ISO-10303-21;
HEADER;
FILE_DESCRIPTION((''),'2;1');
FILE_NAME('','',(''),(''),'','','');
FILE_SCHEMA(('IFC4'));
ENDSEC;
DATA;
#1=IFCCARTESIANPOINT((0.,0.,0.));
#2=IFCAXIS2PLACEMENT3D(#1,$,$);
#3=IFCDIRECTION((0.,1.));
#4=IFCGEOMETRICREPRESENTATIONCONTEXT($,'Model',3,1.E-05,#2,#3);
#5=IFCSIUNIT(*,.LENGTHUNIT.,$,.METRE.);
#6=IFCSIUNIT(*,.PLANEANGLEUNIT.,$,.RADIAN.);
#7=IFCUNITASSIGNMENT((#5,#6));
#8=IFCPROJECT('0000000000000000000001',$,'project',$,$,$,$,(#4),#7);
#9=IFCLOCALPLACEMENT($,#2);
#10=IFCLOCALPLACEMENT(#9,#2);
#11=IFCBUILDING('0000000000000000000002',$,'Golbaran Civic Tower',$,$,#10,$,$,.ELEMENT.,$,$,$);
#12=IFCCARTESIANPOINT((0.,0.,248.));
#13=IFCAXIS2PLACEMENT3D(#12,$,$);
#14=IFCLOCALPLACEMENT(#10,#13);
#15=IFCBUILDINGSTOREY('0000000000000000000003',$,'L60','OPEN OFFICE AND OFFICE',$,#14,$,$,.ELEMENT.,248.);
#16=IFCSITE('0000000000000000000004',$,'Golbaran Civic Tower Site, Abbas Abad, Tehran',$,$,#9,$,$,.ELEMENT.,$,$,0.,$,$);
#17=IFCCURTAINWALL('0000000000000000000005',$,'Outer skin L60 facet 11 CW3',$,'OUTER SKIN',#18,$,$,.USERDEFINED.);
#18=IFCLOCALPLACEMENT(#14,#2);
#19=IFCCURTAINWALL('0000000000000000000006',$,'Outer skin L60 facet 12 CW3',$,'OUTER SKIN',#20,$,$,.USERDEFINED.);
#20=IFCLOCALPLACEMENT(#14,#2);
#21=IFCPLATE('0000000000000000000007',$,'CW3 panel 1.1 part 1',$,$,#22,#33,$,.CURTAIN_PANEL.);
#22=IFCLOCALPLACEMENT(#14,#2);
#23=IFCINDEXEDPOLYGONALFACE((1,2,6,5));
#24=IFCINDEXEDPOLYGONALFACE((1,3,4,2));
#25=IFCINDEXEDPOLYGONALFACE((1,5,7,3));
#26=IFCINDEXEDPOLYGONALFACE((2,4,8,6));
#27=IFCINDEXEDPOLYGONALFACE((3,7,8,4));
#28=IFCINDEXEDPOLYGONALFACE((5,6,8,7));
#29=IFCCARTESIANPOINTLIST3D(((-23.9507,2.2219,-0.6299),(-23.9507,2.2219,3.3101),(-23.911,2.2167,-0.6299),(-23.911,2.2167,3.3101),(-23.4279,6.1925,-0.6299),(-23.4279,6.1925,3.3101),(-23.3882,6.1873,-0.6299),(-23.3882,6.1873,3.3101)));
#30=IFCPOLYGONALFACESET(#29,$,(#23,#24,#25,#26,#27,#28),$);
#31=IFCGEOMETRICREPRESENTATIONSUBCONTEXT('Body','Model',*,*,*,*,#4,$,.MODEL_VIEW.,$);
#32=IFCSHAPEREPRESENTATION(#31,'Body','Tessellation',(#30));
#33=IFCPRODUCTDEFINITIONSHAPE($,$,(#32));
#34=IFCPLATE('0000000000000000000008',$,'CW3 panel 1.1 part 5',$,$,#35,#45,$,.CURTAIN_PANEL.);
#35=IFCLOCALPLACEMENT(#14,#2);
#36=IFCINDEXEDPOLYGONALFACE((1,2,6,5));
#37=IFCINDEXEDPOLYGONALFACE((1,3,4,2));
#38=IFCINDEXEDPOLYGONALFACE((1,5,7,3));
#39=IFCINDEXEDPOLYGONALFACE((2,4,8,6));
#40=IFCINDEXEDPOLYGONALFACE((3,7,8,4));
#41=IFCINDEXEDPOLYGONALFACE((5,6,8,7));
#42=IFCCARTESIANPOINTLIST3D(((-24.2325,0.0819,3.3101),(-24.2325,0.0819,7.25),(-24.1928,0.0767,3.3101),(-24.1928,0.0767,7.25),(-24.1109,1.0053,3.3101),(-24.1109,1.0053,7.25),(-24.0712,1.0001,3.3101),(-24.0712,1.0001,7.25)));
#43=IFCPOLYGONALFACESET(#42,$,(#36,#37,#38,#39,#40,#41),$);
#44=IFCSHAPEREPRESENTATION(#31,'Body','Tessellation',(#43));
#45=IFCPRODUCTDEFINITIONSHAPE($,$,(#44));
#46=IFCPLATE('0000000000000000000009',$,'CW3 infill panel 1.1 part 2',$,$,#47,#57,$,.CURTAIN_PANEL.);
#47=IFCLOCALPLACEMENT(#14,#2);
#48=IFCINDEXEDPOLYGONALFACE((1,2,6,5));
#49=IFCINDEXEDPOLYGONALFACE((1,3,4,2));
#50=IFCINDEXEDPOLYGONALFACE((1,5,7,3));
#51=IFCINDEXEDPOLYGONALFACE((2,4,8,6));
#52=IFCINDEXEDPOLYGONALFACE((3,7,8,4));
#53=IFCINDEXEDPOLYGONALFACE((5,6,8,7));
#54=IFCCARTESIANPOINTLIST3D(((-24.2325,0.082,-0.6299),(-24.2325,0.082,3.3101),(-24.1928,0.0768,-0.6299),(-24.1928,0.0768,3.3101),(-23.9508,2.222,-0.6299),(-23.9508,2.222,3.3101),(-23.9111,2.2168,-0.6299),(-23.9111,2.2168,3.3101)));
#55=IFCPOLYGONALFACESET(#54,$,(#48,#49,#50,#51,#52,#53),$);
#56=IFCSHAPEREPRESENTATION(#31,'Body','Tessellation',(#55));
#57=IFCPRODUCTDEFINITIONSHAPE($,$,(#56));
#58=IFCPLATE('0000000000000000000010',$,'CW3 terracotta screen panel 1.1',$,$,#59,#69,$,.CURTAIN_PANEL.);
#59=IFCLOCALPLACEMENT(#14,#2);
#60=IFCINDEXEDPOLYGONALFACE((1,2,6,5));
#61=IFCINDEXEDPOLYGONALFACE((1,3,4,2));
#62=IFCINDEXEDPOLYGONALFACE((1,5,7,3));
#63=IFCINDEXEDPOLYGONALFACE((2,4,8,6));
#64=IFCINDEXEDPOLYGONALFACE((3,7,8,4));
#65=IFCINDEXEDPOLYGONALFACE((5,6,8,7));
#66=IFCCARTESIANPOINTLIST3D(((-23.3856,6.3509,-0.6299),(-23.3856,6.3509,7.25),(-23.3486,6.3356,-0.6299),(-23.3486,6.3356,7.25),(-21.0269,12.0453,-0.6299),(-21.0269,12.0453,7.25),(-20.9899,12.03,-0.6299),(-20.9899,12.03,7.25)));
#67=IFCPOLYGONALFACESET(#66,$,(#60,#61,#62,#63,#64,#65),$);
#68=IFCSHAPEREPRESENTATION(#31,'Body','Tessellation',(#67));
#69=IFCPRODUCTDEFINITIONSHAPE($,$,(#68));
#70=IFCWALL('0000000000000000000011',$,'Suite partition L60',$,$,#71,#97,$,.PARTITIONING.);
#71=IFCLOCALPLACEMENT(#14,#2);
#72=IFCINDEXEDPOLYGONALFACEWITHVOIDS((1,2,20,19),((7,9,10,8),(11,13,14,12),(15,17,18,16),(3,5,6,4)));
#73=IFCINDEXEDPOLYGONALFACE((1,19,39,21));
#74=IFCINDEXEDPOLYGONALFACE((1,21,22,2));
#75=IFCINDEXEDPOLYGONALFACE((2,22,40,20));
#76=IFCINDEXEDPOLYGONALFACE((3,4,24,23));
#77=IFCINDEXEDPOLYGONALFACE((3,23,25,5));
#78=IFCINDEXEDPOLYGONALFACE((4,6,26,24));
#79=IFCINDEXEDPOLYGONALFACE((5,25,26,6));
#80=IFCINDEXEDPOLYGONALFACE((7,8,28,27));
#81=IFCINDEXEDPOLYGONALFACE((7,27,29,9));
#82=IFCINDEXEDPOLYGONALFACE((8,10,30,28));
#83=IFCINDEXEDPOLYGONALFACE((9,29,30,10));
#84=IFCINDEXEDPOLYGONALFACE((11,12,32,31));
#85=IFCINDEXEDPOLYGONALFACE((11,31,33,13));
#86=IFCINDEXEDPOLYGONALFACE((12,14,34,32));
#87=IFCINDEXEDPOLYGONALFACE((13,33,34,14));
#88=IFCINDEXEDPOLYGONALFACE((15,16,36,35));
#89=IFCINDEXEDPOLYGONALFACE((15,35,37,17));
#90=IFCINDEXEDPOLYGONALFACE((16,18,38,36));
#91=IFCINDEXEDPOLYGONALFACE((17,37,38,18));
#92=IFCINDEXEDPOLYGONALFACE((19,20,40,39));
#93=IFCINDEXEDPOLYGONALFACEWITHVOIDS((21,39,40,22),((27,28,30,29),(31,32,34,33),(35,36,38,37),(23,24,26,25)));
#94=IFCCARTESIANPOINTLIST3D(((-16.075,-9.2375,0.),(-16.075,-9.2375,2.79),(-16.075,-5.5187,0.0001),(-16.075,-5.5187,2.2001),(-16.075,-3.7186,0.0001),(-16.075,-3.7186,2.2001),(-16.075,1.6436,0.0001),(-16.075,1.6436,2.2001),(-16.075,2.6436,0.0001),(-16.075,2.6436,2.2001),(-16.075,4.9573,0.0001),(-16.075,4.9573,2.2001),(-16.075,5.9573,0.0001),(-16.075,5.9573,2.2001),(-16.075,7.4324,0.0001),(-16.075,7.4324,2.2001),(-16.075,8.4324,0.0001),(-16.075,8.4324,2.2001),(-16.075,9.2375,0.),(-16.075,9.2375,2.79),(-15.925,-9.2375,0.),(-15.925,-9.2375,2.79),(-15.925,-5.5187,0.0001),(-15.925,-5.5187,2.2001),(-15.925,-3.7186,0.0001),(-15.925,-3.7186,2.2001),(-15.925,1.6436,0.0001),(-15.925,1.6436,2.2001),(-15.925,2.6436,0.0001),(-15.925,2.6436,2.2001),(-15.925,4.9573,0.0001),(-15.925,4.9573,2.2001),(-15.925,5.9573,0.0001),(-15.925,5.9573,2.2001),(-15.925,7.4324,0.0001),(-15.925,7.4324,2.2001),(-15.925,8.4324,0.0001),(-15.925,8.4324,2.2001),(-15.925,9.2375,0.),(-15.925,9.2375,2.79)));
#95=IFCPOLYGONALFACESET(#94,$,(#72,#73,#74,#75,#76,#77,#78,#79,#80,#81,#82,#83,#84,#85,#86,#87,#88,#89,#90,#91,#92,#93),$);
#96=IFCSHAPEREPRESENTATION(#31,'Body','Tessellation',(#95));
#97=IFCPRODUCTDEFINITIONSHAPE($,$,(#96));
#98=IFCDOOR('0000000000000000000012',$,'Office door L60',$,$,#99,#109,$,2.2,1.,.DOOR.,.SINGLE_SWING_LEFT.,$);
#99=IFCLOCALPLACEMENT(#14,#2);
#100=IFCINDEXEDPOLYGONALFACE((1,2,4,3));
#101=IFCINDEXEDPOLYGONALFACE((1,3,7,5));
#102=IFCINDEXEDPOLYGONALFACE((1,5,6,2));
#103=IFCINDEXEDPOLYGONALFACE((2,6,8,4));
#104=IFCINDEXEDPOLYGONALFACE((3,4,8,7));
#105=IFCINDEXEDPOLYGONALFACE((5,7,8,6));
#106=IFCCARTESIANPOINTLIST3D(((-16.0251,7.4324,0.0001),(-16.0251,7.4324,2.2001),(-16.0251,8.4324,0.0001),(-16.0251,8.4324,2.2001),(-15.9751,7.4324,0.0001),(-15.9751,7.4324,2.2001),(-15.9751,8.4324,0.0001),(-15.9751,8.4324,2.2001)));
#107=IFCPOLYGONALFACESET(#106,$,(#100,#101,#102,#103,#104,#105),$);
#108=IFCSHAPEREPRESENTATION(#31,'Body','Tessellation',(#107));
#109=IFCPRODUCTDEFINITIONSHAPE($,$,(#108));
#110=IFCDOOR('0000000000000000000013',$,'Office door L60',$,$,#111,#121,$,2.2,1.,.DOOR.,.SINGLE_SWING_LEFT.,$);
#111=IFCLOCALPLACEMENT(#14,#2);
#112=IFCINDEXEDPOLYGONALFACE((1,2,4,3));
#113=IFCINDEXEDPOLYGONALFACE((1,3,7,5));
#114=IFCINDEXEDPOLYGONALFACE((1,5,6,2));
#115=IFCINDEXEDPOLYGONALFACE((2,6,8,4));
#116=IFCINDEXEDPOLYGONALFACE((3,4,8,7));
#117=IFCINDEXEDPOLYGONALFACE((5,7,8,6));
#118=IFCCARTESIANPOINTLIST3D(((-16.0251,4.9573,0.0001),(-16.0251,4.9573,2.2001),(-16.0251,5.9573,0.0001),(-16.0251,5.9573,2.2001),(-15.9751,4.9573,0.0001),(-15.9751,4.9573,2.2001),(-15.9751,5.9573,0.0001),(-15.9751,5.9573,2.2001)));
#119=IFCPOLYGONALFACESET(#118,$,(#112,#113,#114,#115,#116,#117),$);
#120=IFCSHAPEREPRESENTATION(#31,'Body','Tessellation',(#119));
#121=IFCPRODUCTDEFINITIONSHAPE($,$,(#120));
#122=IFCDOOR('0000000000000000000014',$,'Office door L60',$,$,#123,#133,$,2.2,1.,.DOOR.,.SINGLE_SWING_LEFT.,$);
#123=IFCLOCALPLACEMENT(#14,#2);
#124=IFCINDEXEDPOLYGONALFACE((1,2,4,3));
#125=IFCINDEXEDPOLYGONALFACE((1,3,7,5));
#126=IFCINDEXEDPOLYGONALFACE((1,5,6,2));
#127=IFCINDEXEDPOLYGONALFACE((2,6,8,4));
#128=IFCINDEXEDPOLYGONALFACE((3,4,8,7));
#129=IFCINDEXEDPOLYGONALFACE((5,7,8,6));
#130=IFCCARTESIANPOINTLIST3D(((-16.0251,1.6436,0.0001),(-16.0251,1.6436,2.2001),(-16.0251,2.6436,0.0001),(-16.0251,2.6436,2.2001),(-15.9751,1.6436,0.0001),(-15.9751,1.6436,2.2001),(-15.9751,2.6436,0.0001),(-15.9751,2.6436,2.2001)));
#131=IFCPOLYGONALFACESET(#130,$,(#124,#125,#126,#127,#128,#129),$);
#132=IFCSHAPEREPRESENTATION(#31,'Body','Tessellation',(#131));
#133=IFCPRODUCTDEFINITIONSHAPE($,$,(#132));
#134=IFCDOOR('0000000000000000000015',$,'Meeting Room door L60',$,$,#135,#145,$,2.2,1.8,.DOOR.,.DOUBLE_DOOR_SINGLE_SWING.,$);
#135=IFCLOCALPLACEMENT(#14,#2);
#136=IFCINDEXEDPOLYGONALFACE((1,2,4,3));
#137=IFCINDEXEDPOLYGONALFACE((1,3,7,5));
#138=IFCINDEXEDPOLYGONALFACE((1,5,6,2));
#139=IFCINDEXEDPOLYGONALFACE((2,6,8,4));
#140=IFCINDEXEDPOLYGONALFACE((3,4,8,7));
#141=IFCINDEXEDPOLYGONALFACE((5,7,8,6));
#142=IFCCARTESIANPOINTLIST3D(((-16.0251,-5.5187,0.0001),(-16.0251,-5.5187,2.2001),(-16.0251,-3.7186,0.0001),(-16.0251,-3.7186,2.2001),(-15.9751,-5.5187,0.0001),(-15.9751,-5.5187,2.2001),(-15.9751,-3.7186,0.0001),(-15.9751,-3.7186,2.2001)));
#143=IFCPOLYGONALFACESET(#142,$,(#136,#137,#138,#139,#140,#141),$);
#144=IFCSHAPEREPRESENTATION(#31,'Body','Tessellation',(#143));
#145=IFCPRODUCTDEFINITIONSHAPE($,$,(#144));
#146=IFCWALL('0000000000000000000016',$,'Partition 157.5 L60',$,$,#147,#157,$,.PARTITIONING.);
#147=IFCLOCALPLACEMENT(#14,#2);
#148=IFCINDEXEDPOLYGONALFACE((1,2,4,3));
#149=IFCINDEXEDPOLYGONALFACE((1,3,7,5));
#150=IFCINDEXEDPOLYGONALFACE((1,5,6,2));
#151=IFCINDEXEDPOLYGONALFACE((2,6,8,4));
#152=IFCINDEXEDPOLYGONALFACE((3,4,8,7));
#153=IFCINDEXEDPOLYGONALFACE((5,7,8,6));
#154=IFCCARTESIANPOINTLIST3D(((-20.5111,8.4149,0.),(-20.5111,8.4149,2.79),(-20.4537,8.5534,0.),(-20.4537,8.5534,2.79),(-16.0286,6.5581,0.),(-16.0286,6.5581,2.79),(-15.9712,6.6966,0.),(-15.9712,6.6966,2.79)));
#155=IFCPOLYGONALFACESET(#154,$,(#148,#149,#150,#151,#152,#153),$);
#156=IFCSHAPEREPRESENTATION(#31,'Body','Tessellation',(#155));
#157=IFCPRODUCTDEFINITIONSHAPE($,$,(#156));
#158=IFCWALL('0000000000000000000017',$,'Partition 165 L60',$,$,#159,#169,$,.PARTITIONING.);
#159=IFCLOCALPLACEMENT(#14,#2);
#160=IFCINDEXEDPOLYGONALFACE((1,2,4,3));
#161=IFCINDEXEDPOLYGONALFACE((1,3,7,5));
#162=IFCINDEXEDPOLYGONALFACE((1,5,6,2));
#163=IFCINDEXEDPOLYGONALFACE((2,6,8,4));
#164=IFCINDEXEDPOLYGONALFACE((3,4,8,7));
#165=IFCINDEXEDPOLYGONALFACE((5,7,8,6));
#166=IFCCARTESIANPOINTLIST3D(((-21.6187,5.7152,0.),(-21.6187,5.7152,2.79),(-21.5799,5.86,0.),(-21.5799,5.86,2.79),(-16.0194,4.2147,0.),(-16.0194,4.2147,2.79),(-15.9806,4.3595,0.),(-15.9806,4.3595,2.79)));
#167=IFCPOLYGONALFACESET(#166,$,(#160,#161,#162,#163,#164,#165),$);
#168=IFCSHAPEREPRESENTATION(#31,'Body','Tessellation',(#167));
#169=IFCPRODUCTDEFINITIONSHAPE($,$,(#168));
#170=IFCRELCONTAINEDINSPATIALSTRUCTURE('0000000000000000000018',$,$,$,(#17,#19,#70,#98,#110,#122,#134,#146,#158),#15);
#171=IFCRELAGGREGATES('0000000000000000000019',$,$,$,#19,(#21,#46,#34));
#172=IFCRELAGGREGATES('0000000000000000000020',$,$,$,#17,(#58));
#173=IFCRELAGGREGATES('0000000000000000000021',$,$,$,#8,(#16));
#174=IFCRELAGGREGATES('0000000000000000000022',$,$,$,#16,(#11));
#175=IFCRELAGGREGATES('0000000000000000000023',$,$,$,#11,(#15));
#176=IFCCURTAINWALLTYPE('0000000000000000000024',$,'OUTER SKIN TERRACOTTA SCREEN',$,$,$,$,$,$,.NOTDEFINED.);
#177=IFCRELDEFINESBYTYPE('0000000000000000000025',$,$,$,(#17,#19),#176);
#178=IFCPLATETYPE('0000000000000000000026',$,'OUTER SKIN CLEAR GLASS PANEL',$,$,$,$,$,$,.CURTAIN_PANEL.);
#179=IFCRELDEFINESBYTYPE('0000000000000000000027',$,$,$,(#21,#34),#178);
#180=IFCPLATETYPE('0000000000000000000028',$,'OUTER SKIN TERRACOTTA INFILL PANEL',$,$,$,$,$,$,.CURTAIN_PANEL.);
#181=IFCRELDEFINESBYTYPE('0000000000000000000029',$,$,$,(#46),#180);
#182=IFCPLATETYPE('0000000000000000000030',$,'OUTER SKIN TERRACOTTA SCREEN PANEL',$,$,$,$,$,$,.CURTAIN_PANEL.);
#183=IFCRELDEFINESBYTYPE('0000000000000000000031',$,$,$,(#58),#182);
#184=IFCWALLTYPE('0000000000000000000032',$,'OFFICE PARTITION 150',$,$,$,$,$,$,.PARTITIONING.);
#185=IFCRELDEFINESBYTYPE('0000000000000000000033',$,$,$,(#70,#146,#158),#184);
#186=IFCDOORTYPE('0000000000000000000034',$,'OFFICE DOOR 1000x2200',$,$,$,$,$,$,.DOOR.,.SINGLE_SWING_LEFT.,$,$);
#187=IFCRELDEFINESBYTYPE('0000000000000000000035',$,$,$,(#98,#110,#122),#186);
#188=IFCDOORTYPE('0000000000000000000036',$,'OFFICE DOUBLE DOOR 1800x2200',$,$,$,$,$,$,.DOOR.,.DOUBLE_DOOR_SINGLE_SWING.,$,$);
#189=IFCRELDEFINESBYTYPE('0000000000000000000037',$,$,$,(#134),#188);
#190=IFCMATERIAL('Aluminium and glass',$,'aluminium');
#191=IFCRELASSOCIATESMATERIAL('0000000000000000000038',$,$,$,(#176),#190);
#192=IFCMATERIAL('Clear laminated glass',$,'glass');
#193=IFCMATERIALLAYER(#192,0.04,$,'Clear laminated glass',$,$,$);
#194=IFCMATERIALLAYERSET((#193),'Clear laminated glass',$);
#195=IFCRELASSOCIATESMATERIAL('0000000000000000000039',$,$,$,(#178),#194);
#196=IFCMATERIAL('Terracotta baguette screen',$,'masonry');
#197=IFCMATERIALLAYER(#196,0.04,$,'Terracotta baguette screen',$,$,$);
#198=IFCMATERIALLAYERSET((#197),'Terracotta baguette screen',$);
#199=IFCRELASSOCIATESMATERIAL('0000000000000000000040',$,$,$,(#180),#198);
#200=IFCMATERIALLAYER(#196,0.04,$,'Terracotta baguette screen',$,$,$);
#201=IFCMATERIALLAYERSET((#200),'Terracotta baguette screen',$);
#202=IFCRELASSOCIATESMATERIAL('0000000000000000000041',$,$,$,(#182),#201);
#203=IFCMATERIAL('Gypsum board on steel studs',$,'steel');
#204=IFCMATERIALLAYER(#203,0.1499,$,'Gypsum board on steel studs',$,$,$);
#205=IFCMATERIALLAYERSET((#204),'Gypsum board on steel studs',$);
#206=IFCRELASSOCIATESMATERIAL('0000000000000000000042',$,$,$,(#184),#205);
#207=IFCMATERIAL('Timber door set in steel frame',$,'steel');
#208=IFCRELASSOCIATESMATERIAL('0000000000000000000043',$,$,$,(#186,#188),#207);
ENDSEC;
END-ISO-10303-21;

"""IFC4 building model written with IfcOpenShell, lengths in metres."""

from ifc_helpers import new_model, si_unit, direction, frame, frame_2d, origin, origin_2d, place, context, subcontext, project, spatial, rectangle, extrude, material, layer, layer_set, type_object, element, fill, aggregate, save


model = new_model("IFC4")

# Units and contexts
model_context = context("Model", 3, precision=1e-05, world=origin(), true_north=direction((0.0, 1.0)))
body_context = subcontext(model_context, "Body", "Model", "MODEL_VIEW")
ifc_project = project(units=[si_unit("LENGTHUNIT", "METRE"), si_unit("PLANEANGLEUNIT", "RADIAN")], contexts=[model_context])

# Site, building, storey
site_placement = place(None, origin())
site = spatial("IfcSite", under=ifc_project, at=site_placement, Name="Golbaran Civic Tower Site, Abbas Abad, Tehran", CompositionType="ELEMENT", RefElevation=0.0)
building_placement = place(site_placement, origin())
building = spatial("IfcBuilding", under=site, at=building_placement, Name="Golbaran Civic Tower", CompositionType="ELEMENT")
storey_placement = place(building_placement, frame((0.0, 0.0, 248.0)))
storey = spatial("IfcBuildingStorey", under=building, at=storey_placement, Name="L60", Description="OPEN OFFICE AND OFFICE", CompositionType="ELEMENT", Elevation=248.0)

# Shared definitions
ifc_material_1 = material(Name="Aluminium and glass", Category="aluminium")

# Curtain wall
curtain_wall_type_1 = type_object("IfcCurtainWallType", Name="OUTER SKIN TERRACOTTA SCREEN", PredefinedType="NOTDEFINED", material=ifc_material_1)
curtain_wall_1_placement = place(storey_placement, origin())
curtain_wall_1 = element("IfcCurtainWall", 1, at=curtain_wall_1_placement, inside=storey, type_object=curtain_wall_type_1, Name="Outer skin L60 facet 11 CW3", ObjectType="OUTER SKIN", PredefinedType="USERDEFINED")

# Curtain wall
curtain_wall_2_placement = place(storey_placement, origin())
curtain_wall_2 = element("IfcCurtainWall", 2, at=curtain_wall_2_placement, inside=storey, type_object=curtain_wall_type_1, Name="Outer skin L60 facet 12 CW3", ObjectType="OUTER SKIN", PredefinedType="USERDEFINED")

# Plates
ifc_material_2 = material(Name="Clear laminated glass", Category="glass")
ifc_layer_1 = layer(ifc_material_2, 0.04, Name="Clear laminated glass")
ifc_layer_set_1 = layer_set([ifc_layer_1], Name="Clear laminated glass")
plate_type_1 = type_object("IfcPlateType", Name="OUTER SKIN CLEAR GLASS PANEL", PredefinedType="CURTAIN_PANEL", material=ifc_layer_set_1)
plate_1_placement = place(storey_placement, frame((-23.6694, 4.2046, -0.6299), z_axis=(0.0, 0.0, 1.0), x_axis=(-0.130526, -0.991445, 0.0)))
plate_1 = element("IfcPlate", 3, at=plate_1_placement, type_object=plate_type_1, Name="CW3 panel 1.1 part 1", PredefinedType="CURTAIN_PANEL", context=body_context, shape_type="SweptSolid", body=[
    extrude(rectangle(XDim=4.0049, YDim=0.04, at=origin_2d()), origin(), (0.0, 0.0, 1.0), 3.9399),
])
plate_2_placement = place(storey_placement, frame((-24.1519, 0.541, 3.3101), z_axis=(0.0, 0.0, 1.0), x_axis=(-0.130526, -0.991445, 0.0)))
plate_2 = element("IfcPlate", 4, at=plate_2_placement, type_object=plate_type_1, Name="CW3 panel 1.1 part 5", PredefinedType="CURTAIN_PANEL", context=body_context, shape_type="SweptSolid", body=[
    extrude(rectangle(XDim=0.9314, YDim=0.04, at=origin_2d()), origin(), (0.0, 0.0, 1.0), 3.9399),
])
ifc_material_3 = material(Name="Terracotta baguette screen", Category="masonry")
ifc_layer_2 = layer(ifc_material_3, 0.04, Name="Terracotta baguette screen")
ifc_layer_set_2 = layer_set([ifc_layer_2], Name="Terracotta baguette screen")
plate_type_2 = type_object("IfcPlateType", Name="OUTER SKIN TERRACOTTA INFILL PANEL", PredefinedType="CURTAIN_PANEL", material=ifc_layer_set_2)
plate_3_placement = place(storey_placement, frame((-24.0718, 1.1494, -0.6299), z_axis=(0.0, 0.0, 1.0), x_axis=(-0.130526, -0.991445, 0.0)))
plate_3 = element("IfcPlate", 5, at=plate_3_placement, type_object=plate_type_2, Name="CW3 infill panel 1.1 part 2", PredefinedType="CURTAIN_PANEL", context=body_context, shape_type="SweptSolid", body=[
    extrude(rectangle(XDim=2.1584, YDim=0.04, at=origin_2d()), origin(), (0.0, 0.0, 1.0), 3.9399),
])
aggregate(curtain_wall_2, [plate_1, plate_3, plate_2])
ifc_layer_3 = layer(ifc_material_3, 0.04, Name="Terracotta baguette screen")
ifc_layer_set_3 = layer_set([ifc_layer_3], Name="Terracotta baguette screen")
plate_type_3 = type_object("IfcPlateType", Name="OUTER SKIN TERRACOTTA SCREEN PANEL", PredefinedType="CURTAIN_PANEL", material=ifc_layer_set_3)
plate_4_placement = place(storey_placement, frame((-22.1877, 9.1904, -0.6299), z_axis=(0.0, 0.0, 1.0), x_axis=(-0.382683, -0.92388, 0.0)))
plate_4 = element("IfcPlate", 6, at=plate_4_placement, type_object=plate_type_3, Name="CW3 terracotta screen panel 1.1", PredefinedType="CURTAIN_PANEL", context=body_context, shape_type="SweptSolid", body=[
    extrude(rectangle(XDim=6.1636, YDim=0.04, at=origin_2d()), origin(), (0.0, 0.0, 1.0), 7.8799),
])
aggregate(curtain_wall_1, [plate_4])

# Wall, openings, doors
ifc_material_4 = material(Name="Gypsum board on steel studs", Category="steel")
ifc_layer_4 = layer(ifc_material_4, 0.1499, Name="Gypsum board on steel studs")
ifc_layer_set_4 = layer_set([ifc_layer_4], Name="Gypsum board on steel studs")
wall_type = type_object("IfcWallType", Name="OFFICE PARTITION 150", PredefinedType="PARTITIONING", material=ifc_layer_set_4)
wall_1_placement = place(storey_placement, frame((-16.0, 9.2375, 0.0), z_axis=(0.0, 0.0, 1.0), x_axis=(0.0, -1.0, 0.0)))
wall_1 = element("IfcWall", 7, at=wall_1_placement, inside=storey, type_object=wall_type, Name="Suite partition L60", PredefinedType="PARTITIONING", context=body_context, shape_type="SweptSolid", body=[
    extrude(rectangle(XDim=18.4751, YDim=0.1499, at=frame_2d((9.2375, 0.0))), origin(), (0.0, 0.0, 1.0), 2.79),
])
opening_1_placement = place(wall_1_placement, frame((0.8052, 0.0, 0.0)))
opening_1 = element("IfcOpeningElement", 8, at=opening_1_placement, cuts=wall_1, PredefinedType="OPENING", context=body_context, shape_type="SweptSolid", body=[
    extrude(rectangle(XDim=1.0, YDim=2.2, at=frame_2d((0.5, 1.1001))), frame((0.0, 0.085, 0.0), z_axis=(0.0, -1.0, 0.0), x_axis=(1.0, 0.0, 0.0)), (0.0, 0.0, 1.0), 0.1699),
])
opening_2_placement = place(wall_1_placement, frame((3.2803, 0.0, 0.0)))
opening_2 = element("IfcOpeningElement", 9, at=opening_2_placement, cuts=wall_1, PredefinedType="OPENING", context=body_context, shape_type="SweptSolid", body=[
    extrude(rectangle(XDim=1.0, YDim=2.2, at=frame_2d((0.5, 1.1001))), frame((0.0, 0.085, 0.0), z_axis=(0.0, -1.0, 0.0), x_axis=(1.0, 0.0, 0.0)), (0.0, 0.0, 1.0), 0.1699),
])
opening_3_placement = place(wall_1_placement, frame((6.594, 0.0, 0.0)))
opening_3 = element("IfcOpeningElement", 10, at=opening_3_placement, cuts=wall_1, PredefinedType="OPENING", context=body_context, shape_type="SweptSolid", body=[
    extrude(rectangle(XDim=1.0, YDim=2.2, at=frame_2d((0.5, 1.1001))), frame((0.0, 0.085, 0.0), z_axis=(0.0, -1.0, 0.0), x_axis=(1.0, 0.0, 0.0)), (0.0, 0.0, 1.0), 0.1699),
])
opening_4_placement = place(wall_1_placement, frame((12.9563, 0.0, 0.0)))
opening_4 = element("IfcOpeningElement", 11, at=opening_4_placement, cuts=wall_1, PredefinedType="OPENING", context=body_context, shape_type="SweptSolid", body=[
    extrude(rectangle(XDim=1.8, YDim=2.2, at=frame_2d((0.8999, 1.1001))), frame((0.0, 0.085, 0.0), z_axis=(0.0, -1.0, 0.0), x_axis=(1.0, 0.0, 0.0)), (0.0, 0.0, 1.0), 0.1699),
])
ifc_material_5 = material(Name="Timber door set in steel frame", Category="steel")
door_type_1 = type_object("IfcDoorType", Name="OFFICE DOOR 1000x2200", OperationType="SINGLE_SWING_LEFT", PredefinedType="DOOR", material=ifc_material_5)
door_1_placement = place(opening_1_placement, origin())
door_1 = element("IfcDoor", 12, at=door_1_placement, inside=storey, type_object=door_type_1, Name="Office door L60", OperationType="SINGLE_SWING_LEFT", OverallHeight=2.2, OverallWidth=1.0, PredefinedType="DOOR", context=body_context, shape_type="SweptSolid", body=[
    extrude(rectangle(XDim=1.0, YDim=2.2, at=frame_2d((0.5, 1.1001))), frame((0.0, 0.0249, 0.0), z_axis=(0.0, -1.0, 0.0), x_axis=(1.0, 0.0, 0.0)), (0.0, 0.0, 1.0), 0.05),
])
fill(opening_1, door_1)
door_2_placement = place(opening_2_placement, origin())
door_2 = element("IfcDoor", 13, at=door_2_placement, inside=storey, type_object=door_type_1, Name="Office door L60", OperationType="SINGLE_SWING_LEFT", OverallHeight=2.2, OverallWidth=1.0, PredefinedType="DOOR", context=body_context, shape_type="SweptSolid", body=[
    extrude(rectangle(XDim=1.0, YDim=2.2, at=frame_2d((0.5, 1.1001))), frame((0.0, 0.0249, 0.0), z_axis=(0.0, -1.0, 0.0), x_axis=(1.0, 0.0, 0.0)), (0.0, 0.0, 1.0), 0.05),
])
fill(opening_2, door_2)
door_3_placement = place(opening_3_placement, origin())
door_3 = element("IfcDoor", 14, at=door_3_placement, inside=storey, type_object=door_type_1, Name="Office door L60", OperationType="SINGLE_SWING_LEFT", OverallHeight=2.2, OverallWidth=1.0, PredefinedType="DOOR", context=body_context, shape_type="SweptSolid", body=[
    extrude(rectangle(XDim=1.0, YDim=2.2, at=frame_2d((0.5, 1.1001))), frame((0.0, 0.0249, 0.0), z_axis=(0.0, -1.0, 0.0), x_axis=(1.0, 0.0, 0.0)), (0.0, 0.0, 1.0), 0.05),
])
fill(opening_3, door_3)
door_type_2 = type_object("IfcDoorType", Name="OFFICE DOUBLE DOOR 1800x2200", OperationType="DOUBLE_DOOR_SINGLE_SWING", PredefinedType="DOOR", material=ifc_material_5)
door_4_placement = place(opening_4_placement, origin())
door_4 = element("IfcDoor", 15, at=door_4_placement, inside=storey, type_object=door_type_2, Name="Meeting Room door L60", OperationType="DOUBLE_DOOR_SINGLE_SWING", OverallHeight=2.2, OverallWidth=1.8, PredefinedType="DOOR", context=body_context, shape_type="SweptSolid", body=[
    extrude(rectangle(XDim=1.8, YDim=2.2, at=frame_2d((0.8999, 1.1001))), frame((0.0, 0.0249, 0.0), z_axis=(0.0, -1.0, 0.0), x_axis=(1.0, 0.0, 0.0)), (0.0, 0.0, 1.0), 0.05),
])
fill(opening_4, door_4)

# Walls
wall_2_placement = place(storey_placement, frame((-16.0, 6.6274, 0.0), z_axis=(0.0, 0.0, 1.0), x_axis=(-0.923879, 0.382685, 0.0)))
element("IfcWall", 16, at=wall_2_placement, inside=storey, type_object=wall_type, Name="Partition 157.5 L60", PredefinedType="PARTITIONING", context=body_context, shape_type="SweptSolid", body=[
    extrude(rectangle(XDim=4.8518, YDim=0.1499, at=frame_2d((2.4258, 0.0))), origin(), (0.0, 0.0, 1.0), 2.79),
])
wall_3_placement = place(storey_placement, frame((-16.0, 4.2871, 0.0), z_axis=(0.0, 0.0, 1.0), x_axis=(-0.96592, 0.258842, 0.0)))
element("IfcWall", 17, at=wall_3_placement, inside=storey, type_object=wall_type, Name="Partition 165 L60", PredefinedType="PARTITIONING", context=body_context, shape_type="SweptSolid", body=[
    extrude(rectangle(XDim=5.7969, YDim=0.1499, at=frame_2d((2.8984, 0.0))), origin(), (0.0, 0.0, 1.0), 2.79),
])

save(model, "model.ifc")
